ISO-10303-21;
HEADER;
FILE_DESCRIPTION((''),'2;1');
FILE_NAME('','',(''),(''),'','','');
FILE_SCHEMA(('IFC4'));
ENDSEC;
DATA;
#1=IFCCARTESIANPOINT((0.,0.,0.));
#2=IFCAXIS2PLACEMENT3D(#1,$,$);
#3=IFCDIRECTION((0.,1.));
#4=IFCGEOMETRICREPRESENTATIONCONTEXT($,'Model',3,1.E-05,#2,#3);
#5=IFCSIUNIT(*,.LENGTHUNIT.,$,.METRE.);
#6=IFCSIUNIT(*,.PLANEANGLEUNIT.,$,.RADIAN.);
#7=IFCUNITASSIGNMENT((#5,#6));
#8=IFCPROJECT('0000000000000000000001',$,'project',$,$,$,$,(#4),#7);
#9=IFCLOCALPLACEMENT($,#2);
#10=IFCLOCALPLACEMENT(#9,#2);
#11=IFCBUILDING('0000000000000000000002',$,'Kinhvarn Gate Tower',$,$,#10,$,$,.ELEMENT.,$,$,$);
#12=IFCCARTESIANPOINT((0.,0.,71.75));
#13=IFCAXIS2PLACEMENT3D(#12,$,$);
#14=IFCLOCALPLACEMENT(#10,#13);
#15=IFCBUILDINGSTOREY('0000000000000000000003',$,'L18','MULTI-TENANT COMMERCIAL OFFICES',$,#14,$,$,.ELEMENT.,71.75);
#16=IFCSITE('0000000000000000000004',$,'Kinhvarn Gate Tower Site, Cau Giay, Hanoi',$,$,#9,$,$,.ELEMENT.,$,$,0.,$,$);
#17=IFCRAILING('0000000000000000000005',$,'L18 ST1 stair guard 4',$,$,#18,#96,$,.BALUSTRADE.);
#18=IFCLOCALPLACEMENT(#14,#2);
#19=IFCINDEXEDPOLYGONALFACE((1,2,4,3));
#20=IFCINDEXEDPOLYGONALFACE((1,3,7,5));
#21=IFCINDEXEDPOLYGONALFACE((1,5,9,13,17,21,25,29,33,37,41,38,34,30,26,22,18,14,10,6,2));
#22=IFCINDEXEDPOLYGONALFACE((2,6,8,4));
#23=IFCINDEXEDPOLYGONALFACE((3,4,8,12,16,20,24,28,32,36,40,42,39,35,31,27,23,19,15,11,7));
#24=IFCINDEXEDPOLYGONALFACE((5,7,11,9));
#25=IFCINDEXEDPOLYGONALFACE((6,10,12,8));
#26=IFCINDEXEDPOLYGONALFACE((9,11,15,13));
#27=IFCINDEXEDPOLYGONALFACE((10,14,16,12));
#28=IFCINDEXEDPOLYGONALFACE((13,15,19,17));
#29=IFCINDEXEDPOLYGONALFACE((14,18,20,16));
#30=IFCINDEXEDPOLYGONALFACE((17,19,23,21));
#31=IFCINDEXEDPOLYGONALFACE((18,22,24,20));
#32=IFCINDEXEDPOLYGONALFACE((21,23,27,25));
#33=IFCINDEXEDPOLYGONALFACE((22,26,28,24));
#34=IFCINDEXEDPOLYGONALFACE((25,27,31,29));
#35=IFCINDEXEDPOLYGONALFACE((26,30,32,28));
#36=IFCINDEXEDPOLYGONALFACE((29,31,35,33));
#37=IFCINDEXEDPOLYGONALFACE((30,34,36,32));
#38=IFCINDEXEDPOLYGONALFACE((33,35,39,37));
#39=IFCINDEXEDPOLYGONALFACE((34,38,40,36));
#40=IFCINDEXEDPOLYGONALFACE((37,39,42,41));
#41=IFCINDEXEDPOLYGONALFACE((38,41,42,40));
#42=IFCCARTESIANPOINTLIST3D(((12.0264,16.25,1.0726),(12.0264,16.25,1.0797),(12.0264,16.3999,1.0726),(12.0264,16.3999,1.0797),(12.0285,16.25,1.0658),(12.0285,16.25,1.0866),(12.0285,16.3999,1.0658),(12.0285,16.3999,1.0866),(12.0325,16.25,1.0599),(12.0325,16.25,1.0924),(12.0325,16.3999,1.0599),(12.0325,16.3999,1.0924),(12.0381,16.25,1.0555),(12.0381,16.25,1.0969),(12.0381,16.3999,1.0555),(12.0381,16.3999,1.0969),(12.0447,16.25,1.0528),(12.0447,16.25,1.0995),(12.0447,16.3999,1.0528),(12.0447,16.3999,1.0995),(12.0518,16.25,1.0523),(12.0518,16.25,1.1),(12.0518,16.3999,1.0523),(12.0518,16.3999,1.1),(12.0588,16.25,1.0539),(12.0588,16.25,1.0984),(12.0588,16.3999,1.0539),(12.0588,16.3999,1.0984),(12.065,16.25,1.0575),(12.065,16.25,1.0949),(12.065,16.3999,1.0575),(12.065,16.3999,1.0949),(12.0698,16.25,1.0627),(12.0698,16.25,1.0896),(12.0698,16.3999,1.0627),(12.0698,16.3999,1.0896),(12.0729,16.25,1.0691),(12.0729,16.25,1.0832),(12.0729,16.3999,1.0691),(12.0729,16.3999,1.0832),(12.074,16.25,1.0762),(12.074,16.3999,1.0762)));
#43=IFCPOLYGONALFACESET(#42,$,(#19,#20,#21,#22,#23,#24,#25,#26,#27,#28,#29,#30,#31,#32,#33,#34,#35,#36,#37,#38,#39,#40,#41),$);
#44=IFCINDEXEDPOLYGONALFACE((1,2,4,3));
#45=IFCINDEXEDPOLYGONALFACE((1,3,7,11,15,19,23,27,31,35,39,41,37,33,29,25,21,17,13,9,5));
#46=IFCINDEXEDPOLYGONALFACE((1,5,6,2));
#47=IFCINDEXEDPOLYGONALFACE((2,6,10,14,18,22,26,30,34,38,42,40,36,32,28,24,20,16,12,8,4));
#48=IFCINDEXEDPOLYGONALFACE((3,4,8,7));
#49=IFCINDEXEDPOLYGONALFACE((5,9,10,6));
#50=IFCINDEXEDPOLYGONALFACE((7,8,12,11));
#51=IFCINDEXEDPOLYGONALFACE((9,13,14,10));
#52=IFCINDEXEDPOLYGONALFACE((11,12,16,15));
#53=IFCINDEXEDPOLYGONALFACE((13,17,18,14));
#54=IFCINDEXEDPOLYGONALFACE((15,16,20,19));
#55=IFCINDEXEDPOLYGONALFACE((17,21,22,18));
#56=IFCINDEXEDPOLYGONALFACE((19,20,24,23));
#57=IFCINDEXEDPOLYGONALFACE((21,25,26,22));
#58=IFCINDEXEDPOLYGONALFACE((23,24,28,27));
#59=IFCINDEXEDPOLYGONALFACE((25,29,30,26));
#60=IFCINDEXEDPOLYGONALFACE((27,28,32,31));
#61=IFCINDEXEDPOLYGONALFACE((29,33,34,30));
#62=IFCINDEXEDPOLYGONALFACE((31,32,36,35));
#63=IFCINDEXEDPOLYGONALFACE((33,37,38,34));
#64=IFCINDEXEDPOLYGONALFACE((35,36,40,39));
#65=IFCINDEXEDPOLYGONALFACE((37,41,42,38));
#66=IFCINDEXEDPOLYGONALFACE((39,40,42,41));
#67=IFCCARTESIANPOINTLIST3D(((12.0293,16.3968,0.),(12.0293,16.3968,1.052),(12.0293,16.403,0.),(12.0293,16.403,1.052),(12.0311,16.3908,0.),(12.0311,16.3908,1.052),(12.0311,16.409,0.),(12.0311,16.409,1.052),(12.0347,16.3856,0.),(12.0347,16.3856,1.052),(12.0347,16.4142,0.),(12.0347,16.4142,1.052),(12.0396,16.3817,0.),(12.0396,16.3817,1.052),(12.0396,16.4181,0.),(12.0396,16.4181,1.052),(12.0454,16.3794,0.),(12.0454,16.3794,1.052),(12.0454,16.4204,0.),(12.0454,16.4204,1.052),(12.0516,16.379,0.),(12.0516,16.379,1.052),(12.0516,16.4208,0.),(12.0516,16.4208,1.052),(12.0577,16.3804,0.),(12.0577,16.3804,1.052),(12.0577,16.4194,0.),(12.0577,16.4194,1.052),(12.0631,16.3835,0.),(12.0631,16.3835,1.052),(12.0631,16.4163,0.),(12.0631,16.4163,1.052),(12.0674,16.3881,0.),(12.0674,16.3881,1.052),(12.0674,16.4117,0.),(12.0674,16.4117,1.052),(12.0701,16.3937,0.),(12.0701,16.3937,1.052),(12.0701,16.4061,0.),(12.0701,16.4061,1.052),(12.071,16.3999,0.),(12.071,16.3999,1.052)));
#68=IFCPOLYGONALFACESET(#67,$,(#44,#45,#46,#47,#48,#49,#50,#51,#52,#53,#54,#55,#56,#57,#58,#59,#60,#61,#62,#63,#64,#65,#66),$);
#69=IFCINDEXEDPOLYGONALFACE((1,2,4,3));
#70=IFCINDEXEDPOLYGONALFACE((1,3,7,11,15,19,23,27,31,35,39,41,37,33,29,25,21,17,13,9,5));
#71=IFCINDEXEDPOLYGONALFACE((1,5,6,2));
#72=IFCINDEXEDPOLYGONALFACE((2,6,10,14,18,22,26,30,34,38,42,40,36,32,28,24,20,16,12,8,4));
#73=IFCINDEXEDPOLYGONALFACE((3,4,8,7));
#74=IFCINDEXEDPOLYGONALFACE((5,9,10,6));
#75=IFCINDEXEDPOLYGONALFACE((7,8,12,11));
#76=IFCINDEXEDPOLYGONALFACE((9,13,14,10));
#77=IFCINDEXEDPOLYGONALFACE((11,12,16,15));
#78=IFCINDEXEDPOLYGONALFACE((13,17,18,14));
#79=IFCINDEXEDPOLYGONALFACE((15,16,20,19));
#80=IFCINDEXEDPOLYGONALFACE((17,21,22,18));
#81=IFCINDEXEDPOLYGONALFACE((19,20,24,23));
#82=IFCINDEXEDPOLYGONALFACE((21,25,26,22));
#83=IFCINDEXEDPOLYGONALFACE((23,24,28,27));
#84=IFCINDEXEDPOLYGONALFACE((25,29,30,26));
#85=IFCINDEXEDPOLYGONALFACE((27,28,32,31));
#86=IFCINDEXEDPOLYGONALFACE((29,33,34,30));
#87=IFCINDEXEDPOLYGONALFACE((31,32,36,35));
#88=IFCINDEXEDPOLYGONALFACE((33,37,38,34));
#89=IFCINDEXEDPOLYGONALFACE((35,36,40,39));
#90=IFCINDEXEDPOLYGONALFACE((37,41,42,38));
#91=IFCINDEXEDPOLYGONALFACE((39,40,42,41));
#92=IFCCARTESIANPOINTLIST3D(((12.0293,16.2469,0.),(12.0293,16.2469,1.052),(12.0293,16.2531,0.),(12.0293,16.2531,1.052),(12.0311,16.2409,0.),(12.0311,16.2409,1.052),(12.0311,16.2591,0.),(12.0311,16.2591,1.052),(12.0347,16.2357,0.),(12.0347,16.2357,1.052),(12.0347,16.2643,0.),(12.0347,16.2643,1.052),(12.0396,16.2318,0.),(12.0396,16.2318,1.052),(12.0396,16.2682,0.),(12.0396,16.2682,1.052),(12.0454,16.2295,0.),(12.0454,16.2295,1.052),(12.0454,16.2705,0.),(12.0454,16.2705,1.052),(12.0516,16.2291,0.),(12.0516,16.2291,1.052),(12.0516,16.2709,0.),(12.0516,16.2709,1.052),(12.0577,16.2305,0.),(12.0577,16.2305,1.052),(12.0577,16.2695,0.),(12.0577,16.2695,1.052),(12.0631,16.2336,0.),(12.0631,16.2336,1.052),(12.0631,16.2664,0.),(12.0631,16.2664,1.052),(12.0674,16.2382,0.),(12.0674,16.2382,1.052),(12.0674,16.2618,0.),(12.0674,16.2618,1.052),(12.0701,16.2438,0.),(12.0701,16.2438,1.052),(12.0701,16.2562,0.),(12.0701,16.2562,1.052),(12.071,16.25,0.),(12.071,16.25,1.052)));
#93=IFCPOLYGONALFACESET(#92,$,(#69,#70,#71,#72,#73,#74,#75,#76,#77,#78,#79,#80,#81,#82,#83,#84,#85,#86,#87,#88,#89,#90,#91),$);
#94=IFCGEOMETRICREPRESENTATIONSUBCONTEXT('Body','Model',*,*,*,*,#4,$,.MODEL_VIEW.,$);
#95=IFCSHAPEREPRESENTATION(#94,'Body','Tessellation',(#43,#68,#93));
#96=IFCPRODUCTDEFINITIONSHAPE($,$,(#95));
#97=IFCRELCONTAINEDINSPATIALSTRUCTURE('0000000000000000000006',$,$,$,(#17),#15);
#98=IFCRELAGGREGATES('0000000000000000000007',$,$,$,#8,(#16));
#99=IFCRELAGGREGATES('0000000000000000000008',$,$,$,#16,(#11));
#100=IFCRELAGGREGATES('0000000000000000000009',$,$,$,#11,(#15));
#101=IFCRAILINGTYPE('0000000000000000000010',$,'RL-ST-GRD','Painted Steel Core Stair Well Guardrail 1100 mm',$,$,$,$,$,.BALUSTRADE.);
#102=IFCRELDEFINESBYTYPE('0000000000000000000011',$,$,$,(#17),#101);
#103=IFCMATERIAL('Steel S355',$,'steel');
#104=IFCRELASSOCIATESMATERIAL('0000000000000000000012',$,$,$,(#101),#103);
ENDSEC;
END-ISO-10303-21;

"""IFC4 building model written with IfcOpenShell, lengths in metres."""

from ifc_helpers import new_model, si_unit, direction, frame, origin, origin_2d, place, context, subcontext, project, spatial, circle, extrude, material, type_object, element, save


model = new_model("IFC4")

# Units and contexts
model_context = context("Model", 3, precision=1e-05, world=origin(), true_north=direction((0.0, 1.0)))
body_context = subcontext(model_context, "Body", "Model", "MODEL_VIEW")
ifc_project = project(units=[si_unit("LENGTHUNIT", "METRE"), si_unit("PLANEANGLEUNIT", "RADIAN")], contexts=[model_context])

# Site, building, storey
site_placement = place(None, origin())
site = spatial("IfcSite", under=ifc_project, at=site_placement, Name="Kinhvarn Gate Tower Site, Cau Giay, Hanoi", CompositionType="ELEMENT", RefElevation=0.0)
building_placement = place(site_placement, origin())
building = spatial("IfcBuilding", under=site, at=building_placement, Name="Kinhvarn Gate Tower", CompositionType="ELEMENT")
storey_placement = place(building_placement, frame((0.0, 0.0, 71.75)))
storey = spatial("IfcBuildingStorey", under=building, at=storey_placement, Name="L18", Description="MULTI-TENANT COMMERCIAL OFFICES", CompositionType="ELEMENT", Elevation=71.75)

# Shared definitions
ifc_material_1 = material(Name="Steel S355", Category="steel")

# Railing
railing_type_1 = type_object("IfcRailingType", Name="RL-ST-GRD", Description="Painted Steel Core Stair Well Guardrail 1100 mm", PredefinedType="BALUSTRADE", material=ifc_material_1)
railing_1_placement = place(storey_placement, frame((12.05, 16.3999, 0.0)))
element("IfcRailing", 1, at=railing_1_placement, inside=storey, type_object=railing_type_1, Name="L18 ST1 stair guard 4", PredefinedType="BALUSTRADE", context=body_context, shape_type="SweptSolid", body=[
    extrude(circle(Radius=0.0239, at=origin_2d()), frame((0.0, 0.0, 1.0762), z_axis=(0.0, -1.0, 0.0), x_axis=(1.0, 0.0, 0.0)), (0.0, 0.0, 1.0), 0.1499),
    extrude(circle(Radius=0.021, at=origin_2d()), origin(), (0.0, 0.0, 1.0), 1.052),
    extrude(circle(Radius=0.021, at=origin_2d()), frame((0.0, -0.1499, 0.0)), (0.0, 0.0, 1.0), 1.052),
])

save(model, "model.ifc")
